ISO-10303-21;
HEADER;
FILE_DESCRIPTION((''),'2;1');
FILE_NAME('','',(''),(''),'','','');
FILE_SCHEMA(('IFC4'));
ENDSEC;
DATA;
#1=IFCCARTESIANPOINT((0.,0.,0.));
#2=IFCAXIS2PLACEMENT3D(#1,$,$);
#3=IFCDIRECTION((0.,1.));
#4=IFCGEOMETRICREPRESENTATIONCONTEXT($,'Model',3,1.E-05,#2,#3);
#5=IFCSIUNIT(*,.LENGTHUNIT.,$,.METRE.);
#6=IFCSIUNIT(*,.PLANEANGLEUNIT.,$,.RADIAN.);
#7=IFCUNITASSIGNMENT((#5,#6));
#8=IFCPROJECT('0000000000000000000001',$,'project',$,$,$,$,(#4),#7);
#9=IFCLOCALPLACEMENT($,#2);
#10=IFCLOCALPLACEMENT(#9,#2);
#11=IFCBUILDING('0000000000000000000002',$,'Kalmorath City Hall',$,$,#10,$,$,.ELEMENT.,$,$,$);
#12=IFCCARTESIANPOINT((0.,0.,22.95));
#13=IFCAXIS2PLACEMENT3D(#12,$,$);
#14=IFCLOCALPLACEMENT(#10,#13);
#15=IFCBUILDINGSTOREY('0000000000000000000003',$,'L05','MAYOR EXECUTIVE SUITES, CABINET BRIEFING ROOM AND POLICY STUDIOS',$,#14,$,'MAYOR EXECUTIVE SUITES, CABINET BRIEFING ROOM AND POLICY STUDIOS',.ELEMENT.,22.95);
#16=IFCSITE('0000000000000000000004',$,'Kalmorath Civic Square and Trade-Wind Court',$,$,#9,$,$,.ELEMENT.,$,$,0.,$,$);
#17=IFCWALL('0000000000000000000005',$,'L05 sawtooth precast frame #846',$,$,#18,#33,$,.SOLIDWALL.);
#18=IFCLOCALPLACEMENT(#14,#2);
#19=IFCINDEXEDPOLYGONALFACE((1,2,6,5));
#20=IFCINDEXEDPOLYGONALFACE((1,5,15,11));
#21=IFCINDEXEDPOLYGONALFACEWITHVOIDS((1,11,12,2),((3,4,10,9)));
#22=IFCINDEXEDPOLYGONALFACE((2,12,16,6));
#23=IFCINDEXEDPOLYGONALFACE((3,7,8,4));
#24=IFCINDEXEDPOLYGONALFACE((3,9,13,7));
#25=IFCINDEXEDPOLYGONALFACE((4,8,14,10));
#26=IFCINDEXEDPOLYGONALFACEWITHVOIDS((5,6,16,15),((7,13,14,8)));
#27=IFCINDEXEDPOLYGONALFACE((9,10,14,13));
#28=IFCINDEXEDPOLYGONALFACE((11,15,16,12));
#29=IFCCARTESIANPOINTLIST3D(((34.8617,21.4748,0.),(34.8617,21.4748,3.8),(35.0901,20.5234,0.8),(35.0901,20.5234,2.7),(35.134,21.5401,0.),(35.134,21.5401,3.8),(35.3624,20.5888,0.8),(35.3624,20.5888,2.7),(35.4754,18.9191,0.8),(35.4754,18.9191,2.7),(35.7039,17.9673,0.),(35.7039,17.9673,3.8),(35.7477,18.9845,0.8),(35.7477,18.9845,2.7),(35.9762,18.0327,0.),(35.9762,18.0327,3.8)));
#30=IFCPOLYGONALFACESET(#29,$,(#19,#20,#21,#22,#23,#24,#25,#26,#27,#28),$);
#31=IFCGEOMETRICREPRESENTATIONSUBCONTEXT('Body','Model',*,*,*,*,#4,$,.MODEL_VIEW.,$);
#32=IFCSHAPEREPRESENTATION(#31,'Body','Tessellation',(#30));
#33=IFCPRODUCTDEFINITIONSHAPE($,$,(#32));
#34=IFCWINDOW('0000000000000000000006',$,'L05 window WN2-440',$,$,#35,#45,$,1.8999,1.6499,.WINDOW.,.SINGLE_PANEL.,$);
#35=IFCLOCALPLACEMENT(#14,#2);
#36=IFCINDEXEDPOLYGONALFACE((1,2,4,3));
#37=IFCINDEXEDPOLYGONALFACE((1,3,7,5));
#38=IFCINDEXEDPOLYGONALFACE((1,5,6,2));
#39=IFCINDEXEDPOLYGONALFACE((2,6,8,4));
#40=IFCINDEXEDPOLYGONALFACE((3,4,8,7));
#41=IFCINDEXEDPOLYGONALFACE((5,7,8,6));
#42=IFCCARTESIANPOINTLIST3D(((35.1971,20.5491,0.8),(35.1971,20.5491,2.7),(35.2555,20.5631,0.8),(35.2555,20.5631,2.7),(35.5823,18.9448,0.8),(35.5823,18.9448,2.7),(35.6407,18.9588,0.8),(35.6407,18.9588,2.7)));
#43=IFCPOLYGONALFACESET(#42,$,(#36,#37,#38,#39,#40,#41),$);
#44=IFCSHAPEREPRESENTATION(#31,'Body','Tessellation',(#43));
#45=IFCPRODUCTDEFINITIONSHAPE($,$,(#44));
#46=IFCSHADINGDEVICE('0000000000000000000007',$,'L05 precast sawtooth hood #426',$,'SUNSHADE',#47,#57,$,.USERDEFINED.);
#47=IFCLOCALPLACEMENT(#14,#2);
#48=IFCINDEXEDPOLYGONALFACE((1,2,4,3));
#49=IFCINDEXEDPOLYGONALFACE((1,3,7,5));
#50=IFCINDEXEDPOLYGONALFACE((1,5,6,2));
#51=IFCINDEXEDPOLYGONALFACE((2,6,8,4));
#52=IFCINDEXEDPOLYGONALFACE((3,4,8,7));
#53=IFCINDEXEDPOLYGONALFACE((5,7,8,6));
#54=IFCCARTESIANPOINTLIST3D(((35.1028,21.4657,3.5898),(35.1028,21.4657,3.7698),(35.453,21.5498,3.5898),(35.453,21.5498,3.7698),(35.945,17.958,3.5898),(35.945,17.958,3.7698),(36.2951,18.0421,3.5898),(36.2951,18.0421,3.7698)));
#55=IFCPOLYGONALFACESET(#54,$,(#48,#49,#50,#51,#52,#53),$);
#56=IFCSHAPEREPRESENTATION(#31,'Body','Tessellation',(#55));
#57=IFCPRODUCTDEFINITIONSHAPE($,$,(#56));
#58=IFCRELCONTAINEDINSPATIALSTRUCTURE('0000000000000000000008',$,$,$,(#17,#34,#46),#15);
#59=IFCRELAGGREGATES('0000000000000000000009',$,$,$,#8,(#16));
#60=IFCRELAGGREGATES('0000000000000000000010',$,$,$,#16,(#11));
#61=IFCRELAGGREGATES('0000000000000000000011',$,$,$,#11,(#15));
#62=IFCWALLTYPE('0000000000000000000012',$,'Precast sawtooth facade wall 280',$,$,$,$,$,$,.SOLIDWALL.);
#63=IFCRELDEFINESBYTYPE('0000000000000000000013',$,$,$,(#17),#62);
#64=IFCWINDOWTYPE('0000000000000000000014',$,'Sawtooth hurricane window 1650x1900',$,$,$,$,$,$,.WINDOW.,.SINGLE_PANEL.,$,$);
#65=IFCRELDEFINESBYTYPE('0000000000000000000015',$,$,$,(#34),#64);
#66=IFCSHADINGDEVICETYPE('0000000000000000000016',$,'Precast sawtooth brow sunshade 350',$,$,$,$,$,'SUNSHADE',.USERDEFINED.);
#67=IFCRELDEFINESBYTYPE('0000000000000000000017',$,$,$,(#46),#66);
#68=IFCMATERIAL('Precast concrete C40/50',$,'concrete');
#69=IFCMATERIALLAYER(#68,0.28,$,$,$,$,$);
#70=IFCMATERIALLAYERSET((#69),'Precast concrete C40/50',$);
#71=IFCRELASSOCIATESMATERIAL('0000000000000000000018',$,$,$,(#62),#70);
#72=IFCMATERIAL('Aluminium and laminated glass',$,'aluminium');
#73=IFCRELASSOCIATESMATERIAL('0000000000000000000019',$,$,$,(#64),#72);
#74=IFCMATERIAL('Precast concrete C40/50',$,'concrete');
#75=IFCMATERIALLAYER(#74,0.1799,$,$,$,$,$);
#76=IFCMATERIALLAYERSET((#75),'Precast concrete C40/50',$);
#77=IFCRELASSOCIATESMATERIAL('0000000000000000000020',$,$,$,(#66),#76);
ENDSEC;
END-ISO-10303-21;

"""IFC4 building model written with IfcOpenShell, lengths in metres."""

from ifc_helpers import new_model, si_unit, direction, frame, frame_2d, origin, origin_2d, place, context, subcontext, project, spatial, rectangle, extrude, material, layer, layer_set, type_object, element, fill, save


model = new_model("IFC4")

# Units and contexts
model_context = context("Model", 3, precision=1e-05, world=origin(), true_north=direction((0.0, 1.0)))
body_context = subcontext(model_context, "Body", "Model", "MODEL_VIEW")
ifc_project = project(units=[si_unit("LENGTHUNIT", "METRE"), si_unit("PLANEANGLEUNIT", "RADIAN")], contexts=[model_context])

# Site, building, storey
site_placement = place(None, origin())
site = spatial("IfcSite", under=ifc_project, at=site_placement, Name="Kalmorath Civic Square and Trade-Wind Court", CompositionType="ELEMENT", RefElevation=0.0)
building_placement = place(site_placement, origin())
building = spatial("IfcBuilding", under=site, at=building_placement, Name="Kalmorath City Hall", CompositionType="ELEMENT")
storey_placement = place(building_placement, frame((0.0, 0.0, 22.95)))
storey = spatial("IfcBuildingStorey", under=building, at=storey_placement, Name="L05", Description="MAYOR EXECUTIVE SUITES, CABINET BRIEFING ROOM AND POLICY STUDIOS", LongName="MAYOR EXECUTIVE SUITES, CABINET BRIEFING ROOM AND POLICY STUDIOS", CompositionType="ELEMENT", Elevation=22.95)

# Wall, opening, window
ifc_material_1 = material(Name="Precast concrete C40/50", Category="concrete")
ifc_layer_1 = layer(ifc_material_1, 0.28)
ifc_layer_set_1 = layer_set([ifc_layer_1], Name="Precast concrete C40/50")
wall_type_1 = type_object("IfcWallType", Name="Precast sawtooth facade wall 280", PredefinedType="SOLIDWALL", material=ifc_layer_set_1)
wall_1_placement = place(storey_placement, frame((34.9978, 21.5076, 0.0), z_axis=(0.0, 0.0, 1.0), x_axis=(0.233496, -0.972358, 0.0)))
wall_1 = element("IfcWall", 1, at=wall_1_placement, inside=storey, type_object=wall_type_1, Name="L05 sawtooth precast frame #846", PredefinedType="SOLIDWALL", context=body_context, shape_type="SweptSolid", body=[
    extrude(rectangle(XDim=3.6072, YDim=0.28, at=frame_2d((1.8037, 0.0))), origin(), (0.0, 0.0, 1.0), 3.8),
])
opening_1_placement = place(wall_1_placement, frame((0.9785, 0.0, 0.8)))
opening_1 = element("IfcOpeningElement", 2, at=opening_1_placement, cuts=wall_1, PredefinedType="OPENING", context=body_context, shape_type="SweptSolid", body=[
    extrude(rectangle(XDim=1.6499, YDim=1.8999, at=frame_2d((0.825, 0.95))), frame((0.0, 0.1499, 0.0), z_axis=(0.0, -1.0, 0.0), x_axis=(1.0, 0.0, 0.0)), (0.0, 0.0, 1.0), 0.3),
])
ifc_material_2 = material(Name="Aluminium and laminated glass", Category="aluminium")
window_type = type_object("IfcWindowType", Name="Sawtooth hurricane window 1650x1900", PartitioningType="SINGLE_PANEL", PredefinedType="WINDOW", material=ifc_material_2)
window_placement = place(opening_1_placement, origin())
window = element("IfcWindow", 3, at=window_placement, inside=storey, type_object=window_type, Name="L05 window WN2-440", OverallHeight=1.8999, OverallWidth=1.6499, PartitioningType="SINGLE_PANEL", PredefinedType="WINDOW", context=body_context, shape_type="SweptSolid", body=[
    extrude(rectangle(XDim=1.6499, YDim=1.8999, at=frame_2d((0.825, 0.95))), frame((0.0, 0.03, 0.0), z_axis=(0.0, -1.0, 0.0), x_axis=(1.0, 0.0, 0.0)), (0.0, 0.0, 1.0), 0.0601),
])
fill(opening_1, window)

# Shading device
ifc_material_3 = material(Name="Precast concrete C40/50", Category="concrete")
ifc_layer_2 = layer(ifc_material_3, 0.1799)
ifc_layer_set_2 = layer_set([ifc_layer_2], Name="Precast concrete C40/50")
shading_device_type = type_object("IfcShadingDeviceType", Name="Precast sawtooth brow sunshade 350", ElementType="SUNSHADE", PredefinedType="USERDEFINED", material=ifc_layer_set_2)
shading_device_placement = place(storey_placement, frame((35.699, 19.7539, 3.5898), z_axis=(0.0, 0.0, 1.0), x_axis=(0.233445, -0.97237, 0.0)))
element("IfcShadingDevice", 4, at=shading_device_placement, inside=storey, type_object=shading_device_type, Name="L05 precast sawtooth hood #426", ObjectType="SUNSHADE", PredefinedType="USERDEFINED", context=body_context, shape_type="SweptSolid", body=[
    extrude(rectangle(XDim=3.6074, YDim=0.3601, at=origin_2d()), origin(), (0.0, 0.0, 1.0), 0.1799),
])

save(model, "model.ifc")
